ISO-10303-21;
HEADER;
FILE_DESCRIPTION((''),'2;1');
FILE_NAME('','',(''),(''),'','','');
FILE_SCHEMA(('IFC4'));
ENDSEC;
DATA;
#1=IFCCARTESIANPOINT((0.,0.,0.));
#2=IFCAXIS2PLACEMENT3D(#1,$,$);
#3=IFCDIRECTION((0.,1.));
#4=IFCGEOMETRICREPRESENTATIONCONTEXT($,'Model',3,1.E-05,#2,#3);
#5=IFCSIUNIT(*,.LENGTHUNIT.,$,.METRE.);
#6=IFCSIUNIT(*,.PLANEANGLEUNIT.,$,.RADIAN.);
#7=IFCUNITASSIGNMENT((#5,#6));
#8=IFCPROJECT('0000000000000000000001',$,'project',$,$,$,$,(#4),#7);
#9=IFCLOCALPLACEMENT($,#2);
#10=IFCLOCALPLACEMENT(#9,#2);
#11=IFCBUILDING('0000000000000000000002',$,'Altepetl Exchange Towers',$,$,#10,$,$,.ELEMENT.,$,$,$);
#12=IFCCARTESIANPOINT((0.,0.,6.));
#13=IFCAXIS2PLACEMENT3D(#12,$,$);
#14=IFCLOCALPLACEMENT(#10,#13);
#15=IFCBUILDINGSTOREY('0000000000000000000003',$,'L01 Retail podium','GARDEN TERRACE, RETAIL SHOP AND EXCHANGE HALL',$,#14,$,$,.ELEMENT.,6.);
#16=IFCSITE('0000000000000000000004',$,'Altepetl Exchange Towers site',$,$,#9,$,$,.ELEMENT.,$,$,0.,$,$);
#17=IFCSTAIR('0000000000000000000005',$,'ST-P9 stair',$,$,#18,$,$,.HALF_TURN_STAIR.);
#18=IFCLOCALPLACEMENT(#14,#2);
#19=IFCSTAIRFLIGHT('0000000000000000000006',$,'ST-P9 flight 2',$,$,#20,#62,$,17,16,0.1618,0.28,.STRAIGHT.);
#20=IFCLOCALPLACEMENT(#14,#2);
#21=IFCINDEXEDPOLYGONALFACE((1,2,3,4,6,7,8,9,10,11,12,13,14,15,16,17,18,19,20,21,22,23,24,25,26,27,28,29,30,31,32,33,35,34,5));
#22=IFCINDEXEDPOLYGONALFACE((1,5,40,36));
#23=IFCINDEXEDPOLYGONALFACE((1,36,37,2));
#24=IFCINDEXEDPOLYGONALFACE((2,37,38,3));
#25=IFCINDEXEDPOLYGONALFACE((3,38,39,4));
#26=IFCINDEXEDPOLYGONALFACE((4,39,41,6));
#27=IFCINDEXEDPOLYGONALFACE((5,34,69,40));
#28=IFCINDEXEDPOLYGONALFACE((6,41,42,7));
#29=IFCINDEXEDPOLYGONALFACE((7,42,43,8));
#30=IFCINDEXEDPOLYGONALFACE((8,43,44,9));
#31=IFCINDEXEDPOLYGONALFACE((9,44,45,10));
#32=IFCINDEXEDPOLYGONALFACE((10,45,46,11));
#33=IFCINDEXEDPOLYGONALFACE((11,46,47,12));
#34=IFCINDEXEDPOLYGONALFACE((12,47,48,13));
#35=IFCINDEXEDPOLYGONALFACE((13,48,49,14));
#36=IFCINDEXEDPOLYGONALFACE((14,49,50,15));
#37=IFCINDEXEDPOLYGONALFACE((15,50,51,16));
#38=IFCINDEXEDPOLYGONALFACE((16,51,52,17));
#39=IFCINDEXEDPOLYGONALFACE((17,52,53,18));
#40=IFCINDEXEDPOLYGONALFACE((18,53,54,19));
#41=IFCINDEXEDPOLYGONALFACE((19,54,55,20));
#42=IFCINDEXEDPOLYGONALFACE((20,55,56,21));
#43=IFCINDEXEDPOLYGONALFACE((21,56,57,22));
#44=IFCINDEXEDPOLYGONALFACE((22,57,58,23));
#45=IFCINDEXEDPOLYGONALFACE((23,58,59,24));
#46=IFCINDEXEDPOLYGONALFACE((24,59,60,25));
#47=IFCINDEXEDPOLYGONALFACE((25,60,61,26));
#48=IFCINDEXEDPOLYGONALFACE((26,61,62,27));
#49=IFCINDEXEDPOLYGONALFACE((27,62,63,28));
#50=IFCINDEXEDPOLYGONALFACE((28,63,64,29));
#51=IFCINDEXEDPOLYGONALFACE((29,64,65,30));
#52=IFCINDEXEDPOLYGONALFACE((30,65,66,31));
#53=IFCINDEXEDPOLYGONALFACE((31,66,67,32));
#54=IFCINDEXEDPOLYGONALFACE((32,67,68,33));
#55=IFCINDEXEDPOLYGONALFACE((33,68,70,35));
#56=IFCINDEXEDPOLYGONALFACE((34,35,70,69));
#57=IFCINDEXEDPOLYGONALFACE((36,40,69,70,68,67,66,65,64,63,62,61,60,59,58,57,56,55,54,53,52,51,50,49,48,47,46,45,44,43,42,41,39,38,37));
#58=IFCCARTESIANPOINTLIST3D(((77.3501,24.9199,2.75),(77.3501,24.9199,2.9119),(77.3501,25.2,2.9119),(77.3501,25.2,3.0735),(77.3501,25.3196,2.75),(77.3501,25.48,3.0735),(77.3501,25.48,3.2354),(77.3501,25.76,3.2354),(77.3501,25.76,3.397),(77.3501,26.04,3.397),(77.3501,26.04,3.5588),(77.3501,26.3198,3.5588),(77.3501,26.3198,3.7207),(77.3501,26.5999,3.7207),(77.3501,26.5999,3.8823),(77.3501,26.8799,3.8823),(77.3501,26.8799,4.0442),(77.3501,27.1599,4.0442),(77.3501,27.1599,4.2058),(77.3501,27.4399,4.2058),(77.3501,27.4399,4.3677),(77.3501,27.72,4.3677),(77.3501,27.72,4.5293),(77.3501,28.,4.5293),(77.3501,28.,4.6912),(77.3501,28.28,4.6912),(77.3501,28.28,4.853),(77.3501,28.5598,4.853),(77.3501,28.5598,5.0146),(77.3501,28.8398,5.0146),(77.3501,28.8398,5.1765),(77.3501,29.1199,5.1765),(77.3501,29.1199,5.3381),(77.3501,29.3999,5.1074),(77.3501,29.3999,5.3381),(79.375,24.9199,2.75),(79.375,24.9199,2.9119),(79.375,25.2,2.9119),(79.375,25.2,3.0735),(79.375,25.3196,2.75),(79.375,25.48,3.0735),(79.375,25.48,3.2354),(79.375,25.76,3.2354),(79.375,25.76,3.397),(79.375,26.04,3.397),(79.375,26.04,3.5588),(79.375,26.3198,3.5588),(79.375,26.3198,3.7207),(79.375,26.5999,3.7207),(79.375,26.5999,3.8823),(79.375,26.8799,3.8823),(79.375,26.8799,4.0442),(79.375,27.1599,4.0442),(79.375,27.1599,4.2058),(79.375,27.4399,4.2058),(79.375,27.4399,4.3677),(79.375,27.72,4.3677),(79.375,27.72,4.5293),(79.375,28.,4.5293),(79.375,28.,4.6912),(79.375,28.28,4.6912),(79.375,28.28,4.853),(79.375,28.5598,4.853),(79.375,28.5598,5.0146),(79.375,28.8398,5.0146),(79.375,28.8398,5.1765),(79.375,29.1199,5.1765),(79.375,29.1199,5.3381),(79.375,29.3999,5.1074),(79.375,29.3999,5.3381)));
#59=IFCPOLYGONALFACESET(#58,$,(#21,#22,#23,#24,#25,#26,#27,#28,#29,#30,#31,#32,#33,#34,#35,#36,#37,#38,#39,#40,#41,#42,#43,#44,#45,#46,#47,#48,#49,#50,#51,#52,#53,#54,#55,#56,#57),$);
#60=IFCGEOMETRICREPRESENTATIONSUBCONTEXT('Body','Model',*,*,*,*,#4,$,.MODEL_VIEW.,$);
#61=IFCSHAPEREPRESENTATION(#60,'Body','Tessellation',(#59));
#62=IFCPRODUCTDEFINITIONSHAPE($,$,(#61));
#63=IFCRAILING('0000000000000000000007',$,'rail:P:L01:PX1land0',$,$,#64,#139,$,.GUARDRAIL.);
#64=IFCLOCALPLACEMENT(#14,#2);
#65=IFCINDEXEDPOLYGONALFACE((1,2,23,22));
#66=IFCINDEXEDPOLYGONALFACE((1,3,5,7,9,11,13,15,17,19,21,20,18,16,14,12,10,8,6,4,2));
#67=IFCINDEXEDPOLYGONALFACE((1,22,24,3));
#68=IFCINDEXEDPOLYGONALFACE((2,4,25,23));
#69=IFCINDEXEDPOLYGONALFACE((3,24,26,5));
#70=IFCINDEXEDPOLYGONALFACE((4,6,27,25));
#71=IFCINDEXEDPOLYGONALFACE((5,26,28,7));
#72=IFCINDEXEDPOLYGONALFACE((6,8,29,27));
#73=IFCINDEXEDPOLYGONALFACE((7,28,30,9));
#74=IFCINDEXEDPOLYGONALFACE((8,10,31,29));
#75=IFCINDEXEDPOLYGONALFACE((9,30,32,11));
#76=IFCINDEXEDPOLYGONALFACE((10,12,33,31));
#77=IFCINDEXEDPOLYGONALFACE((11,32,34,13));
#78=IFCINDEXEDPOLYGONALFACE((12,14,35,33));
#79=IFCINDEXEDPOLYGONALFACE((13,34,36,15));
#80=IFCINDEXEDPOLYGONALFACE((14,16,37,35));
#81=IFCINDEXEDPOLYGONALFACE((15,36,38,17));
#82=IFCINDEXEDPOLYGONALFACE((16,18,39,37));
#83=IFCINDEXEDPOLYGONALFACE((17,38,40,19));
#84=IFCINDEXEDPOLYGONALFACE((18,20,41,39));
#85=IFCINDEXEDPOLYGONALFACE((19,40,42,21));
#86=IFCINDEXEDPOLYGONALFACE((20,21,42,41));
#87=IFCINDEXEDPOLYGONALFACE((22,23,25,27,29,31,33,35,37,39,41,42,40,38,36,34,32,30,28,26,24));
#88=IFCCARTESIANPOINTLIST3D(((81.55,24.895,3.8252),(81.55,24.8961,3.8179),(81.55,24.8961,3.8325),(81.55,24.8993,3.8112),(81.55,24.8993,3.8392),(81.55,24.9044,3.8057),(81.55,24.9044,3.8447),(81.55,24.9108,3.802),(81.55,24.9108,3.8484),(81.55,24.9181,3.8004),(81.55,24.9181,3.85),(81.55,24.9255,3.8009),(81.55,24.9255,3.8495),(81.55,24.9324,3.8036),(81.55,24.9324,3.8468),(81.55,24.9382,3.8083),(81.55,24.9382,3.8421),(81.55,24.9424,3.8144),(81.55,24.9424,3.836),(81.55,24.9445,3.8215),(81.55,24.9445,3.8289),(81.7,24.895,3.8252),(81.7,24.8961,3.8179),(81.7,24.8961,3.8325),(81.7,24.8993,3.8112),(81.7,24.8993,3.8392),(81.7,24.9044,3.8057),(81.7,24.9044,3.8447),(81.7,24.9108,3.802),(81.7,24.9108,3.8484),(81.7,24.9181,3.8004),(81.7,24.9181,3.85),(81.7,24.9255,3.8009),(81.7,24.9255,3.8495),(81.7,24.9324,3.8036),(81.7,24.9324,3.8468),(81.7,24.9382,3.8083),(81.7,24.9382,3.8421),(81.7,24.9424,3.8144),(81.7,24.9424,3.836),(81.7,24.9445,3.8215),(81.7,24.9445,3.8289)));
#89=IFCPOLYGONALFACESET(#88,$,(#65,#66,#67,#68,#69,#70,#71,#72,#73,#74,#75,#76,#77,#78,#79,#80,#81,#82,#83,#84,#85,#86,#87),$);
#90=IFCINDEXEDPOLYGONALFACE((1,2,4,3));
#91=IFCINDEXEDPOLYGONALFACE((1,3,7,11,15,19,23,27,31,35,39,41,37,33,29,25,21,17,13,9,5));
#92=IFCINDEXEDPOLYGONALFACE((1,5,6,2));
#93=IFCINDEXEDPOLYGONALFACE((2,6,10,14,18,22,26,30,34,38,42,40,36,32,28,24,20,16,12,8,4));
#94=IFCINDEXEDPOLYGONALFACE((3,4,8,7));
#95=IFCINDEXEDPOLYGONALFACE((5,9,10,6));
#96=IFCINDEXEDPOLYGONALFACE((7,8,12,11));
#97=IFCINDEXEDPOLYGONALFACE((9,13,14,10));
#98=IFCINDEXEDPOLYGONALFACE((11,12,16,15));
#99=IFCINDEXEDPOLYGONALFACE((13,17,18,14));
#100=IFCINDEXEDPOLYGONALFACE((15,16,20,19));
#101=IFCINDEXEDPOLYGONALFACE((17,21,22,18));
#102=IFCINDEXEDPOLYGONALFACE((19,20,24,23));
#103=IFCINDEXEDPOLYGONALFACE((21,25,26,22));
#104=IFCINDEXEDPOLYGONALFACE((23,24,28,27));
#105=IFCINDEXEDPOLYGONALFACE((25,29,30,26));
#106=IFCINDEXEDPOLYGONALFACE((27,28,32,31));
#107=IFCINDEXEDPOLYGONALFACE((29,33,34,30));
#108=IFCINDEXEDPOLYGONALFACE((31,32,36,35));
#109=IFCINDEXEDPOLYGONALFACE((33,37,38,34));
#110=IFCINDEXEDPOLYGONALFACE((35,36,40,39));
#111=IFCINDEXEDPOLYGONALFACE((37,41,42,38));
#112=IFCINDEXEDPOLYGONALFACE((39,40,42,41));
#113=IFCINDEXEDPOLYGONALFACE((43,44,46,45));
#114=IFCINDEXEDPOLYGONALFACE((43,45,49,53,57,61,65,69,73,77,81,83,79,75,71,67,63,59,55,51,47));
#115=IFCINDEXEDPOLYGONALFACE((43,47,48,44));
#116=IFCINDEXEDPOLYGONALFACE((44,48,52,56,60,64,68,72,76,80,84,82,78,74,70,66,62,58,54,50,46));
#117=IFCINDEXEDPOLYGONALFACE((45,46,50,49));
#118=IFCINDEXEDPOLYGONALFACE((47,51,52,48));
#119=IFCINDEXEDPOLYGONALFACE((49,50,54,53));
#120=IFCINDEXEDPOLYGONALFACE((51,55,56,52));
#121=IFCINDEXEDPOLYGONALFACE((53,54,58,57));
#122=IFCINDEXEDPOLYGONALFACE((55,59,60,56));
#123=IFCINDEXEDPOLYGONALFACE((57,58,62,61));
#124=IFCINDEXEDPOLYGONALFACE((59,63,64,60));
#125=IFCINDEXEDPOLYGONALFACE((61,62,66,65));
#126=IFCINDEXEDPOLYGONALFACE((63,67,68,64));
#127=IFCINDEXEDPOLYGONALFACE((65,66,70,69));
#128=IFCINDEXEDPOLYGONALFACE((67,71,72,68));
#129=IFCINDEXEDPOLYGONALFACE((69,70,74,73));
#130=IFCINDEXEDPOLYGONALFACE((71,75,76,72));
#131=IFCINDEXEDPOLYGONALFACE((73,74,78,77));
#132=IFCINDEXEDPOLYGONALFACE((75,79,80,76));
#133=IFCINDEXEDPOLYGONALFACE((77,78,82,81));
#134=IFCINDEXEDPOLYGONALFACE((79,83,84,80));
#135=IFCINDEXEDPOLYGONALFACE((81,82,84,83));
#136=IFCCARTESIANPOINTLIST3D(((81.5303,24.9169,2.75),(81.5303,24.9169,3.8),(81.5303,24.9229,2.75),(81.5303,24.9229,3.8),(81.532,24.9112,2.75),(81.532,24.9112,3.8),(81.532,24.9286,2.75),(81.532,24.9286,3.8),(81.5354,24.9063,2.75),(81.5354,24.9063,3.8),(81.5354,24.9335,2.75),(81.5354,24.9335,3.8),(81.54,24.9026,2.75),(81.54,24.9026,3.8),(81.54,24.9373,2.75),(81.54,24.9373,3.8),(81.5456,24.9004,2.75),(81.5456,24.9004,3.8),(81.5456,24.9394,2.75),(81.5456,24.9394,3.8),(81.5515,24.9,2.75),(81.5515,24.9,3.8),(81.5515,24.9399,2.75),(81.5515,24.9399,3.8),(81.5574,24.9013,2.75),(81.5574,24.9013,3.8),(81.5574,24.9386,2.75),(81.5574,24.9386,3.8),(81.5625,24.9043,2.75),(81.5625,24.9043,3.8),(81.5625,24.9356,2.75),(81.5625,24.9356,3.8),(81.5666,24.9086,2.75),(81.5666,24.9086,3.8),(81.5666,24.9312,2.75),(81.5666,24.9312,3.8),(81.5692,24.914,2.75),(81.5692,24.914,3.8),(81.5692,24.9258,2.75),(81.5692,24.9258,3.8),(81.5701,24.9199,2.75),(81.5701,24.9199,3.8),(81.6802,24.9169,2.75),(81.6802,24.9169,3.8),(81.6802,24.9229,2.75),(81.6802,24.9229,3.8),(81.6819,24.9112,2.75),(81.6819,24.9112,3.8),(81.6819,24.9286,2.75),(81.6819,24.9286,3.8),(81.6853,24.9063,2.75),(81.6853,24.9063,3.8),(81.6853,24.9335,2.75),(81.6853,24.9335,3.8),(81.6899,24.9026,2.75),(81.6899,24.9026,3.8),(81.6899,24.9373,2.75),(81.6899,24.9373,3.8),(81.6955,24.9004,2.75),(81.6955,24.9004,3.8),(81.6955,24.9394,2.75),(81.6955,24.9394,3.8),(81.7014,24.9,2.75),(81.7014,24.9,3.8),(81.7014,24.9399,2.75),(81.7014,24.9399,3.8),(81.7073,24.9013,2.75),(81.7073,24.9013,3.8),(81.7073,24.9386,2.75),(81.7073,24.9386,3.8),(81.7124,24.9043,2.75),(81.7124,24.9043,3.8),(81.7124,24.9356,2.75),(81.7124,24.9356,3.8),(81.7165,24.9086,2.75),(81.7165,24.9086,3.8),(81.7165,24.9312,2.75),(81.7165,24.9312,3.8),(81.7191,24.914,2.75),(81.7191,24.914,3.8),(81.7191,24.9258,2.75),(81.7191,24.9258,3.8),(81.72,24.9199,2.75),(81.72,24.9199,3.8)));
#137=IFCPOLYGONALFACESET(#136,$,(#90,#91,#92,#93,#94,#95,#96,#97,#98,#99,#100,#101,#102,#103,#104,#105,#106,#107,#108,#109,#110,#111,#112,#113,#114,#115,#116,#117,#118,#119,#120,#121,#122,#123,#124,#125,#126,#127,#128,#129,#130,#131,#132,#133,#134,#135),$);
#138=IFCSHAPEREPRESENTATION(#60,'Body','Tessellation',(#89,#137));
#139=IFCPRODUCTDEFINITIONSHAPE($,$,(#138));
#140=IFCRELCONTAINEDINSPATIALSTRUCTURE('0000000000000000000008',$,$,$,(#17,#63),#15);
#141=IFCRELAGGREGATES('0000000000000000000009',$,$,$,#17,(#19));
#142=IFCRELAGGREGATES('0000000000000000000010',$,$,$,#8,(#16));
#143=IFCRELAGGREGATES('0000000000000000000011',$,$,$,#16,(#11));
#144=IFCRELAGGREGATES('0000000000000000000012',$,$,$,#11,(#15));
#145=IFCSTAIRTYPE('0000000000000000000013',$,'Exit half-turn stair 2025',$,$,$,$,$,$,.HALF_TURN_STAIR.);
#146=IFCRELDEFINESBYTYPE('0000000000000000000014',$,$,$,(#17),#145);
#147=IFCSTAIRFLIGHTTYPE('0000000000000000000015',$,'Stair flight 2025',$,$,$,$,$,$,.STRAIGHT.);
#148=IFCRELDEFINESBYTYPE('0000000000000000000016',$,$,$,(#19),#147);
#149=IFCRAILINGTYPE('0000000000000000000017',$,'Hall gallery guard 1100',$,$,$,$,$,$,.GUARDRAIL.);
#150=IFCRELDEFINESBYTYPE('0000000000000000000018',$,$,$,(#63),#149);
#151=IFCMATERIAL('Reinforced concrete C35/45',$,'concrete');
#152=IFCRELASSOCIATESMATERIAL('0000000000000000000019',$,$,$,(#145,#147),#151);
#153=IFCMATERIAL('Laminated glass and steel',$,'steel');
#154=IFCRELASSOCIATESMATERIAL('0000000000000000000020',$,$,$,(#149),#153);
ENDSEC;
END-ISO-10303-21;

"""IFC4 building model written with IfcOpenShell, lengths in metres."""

from ifc_helpers import new_model, si_unit, direction, frame, origin, origin_2d, place, context, subcontext, project, spatial, polyline, circle, outline, extrude, source, transform, mapped, material, type_object, element, aggregate, save


model = new_model("IFC4")

# Units and contexts
model_context = context("Model", 3, precision=1e-05, world=origin(), true_north=direction((0.0, 1.0)))
body_context = subcontext(model_context, "Body", "Model", "MODEL_VIEW")
ifc_project = project(units=[si_unit("LENGTHUNIT", "METRE"), si_unit("PLANEANGLEUNIT", "RADIAN")], contexts=[model_context])

# Site, building, storey
site_placement = place(None, origin())
site = spatial("IfcSite", under=ifc_project, at=site_placement, Name="Altepetl Exchange Towers site", CompositionType="ELEMENT", RefElevation=0.0)
building_placement = place(site_placement, origin())
building = spatial("IfcBuilding", under=site, at=building_placement, Name="Altepetl Exchange Towers", CompositionType="ELEMENT")
storey_placement = place(building_placement, frame((0.0, 0.0, 6.0)))
storey = spatial("IfcBuildingStorey", under=building, at=storey_placement, Name="L01 Retail podium", Description="GARDEN TERRACE, RETAIL SHOP AND EXCHANGE HALL", CompositionType="ELEMENT", Elevation=6.0)

# Shared definitions
ifc_material_1 = material(Name="Reinforced concrete C35/45", Category="concrete")

# Stair, stair flight
stair_type = type_object("IfcStairType", Name="Exit half-turn stair 2025", PredefinedType="HALF_TURN_STAIR", material=ifc_material_1)
stair_placement = place(storey_placement, origin())
stair = element("IfcStair", 1, at=stair_placement, inside=storey, type_object=stair_type, Name="ST-P9 stair", PredefinedType="HALF_TURN_STAIR")
stair_flight_type = type_object("IfcStairFlightType", Name="Stair flight 2025", PredefinedType="STRAIGHT", material=ifc_material_1)
stair_flight_1_placement = place(storey_placement, frame((78.3625, 24.9199, 2.75), z_axis=(0.0, 0.0, 1.0), x_axis=(0.0, 1.0, 0.0)))
stair_flight_1 = element("IfcStairFlight", 2, at=stair_flight_1_placement, type_object=stair_flight_type, Name="ST-P9 flight 2", NumberOfRisers=17, NumberOfTreads=16, PredefinedType="STRAIGHT", RiserHeight=0.1618, TreadLength=0.28, context=body_context, shape_type="SweptSolid", body=[
    extrude(outline(polyline([(0.0, 0.0), (0.0, 0.1619), (0.28, 0.1619), (0.28, 0.3235), (0.5601, 0.3235), (0.5601, 0.4854), (0.8401, 0.4854), (0.8401, 0.647), (1.1201, 0.647), (1.1201, 0.8088), (1.3999, 0.8088), (1.3999, 0.9707), (1.6799, 0.9707), (1.6799, 1.1323), (1.96, 1.1323), (1.96, 1.2942), (2.24, 1.2942), (2.24, 1.4558), (2.52, 1.4558), (2.52, 1.6177), (2.8, 1.6177), (2.8, 1.7793), (3.0801, 1.7793), (3.0801, 1.9412), (3.3601, 1.9412), (3.3601, 2.103), (3.6399, 2.103), (3.6399, 2.2646), (3.9199, 2.2646), (3.9199, 2.4265), (4.2, 2.4265), (4.2, 2.5881), (4.48, 2.5881), (4.48, 2.75), (4.48, 2.3574), (0.3997, 0.0), (0.0, 0.0)])), frame((0.0, 1.0125, 0.0), z_axis=(0.0, -1.0, 0.0), x_axis=(1.0, 0.0, 0.0)), (0.0, 0.0, 1.0), 2.0249),
])
aggregate(stair, [stair_flight_1])

# Railing
ifc_material_2 = material(Name="Laminated glass and steel", Category="steel")
railing_type_1 = type_object("IfcRailingType", Name="Hall gallery guard 1100", PredefinedType="GUARDRAIL", material=ifc_material_2)
shared_shape_1 = source(origin(), body_context, "Body", "SweptSolid", [
    extrude(circle(Radius=0.02, at=origin_2d()), origin(), (0.0, 0.0, 1.0), 1.05),
])
railing_1_placement = place(storey_placement, frame((81.7, 24.9199, 2.75)))
element("IfcRailing", 3, at=railing_1_placement, inside=storey, type_object=railing_type_1, Name="rail:P:L01:PX1land0", PredefinedType="GUARDRAIL", context=body_context, shape_type="SweptSolid", body=[
    extrude(circle(Radius=0.0249, at=origin_2d()), frame((0.0, 0.0, 1.0752), z_axis=(-1.0, 0.0, 0.0), x_axis=(0.0, -1.0, 0.0)), (0.0, 0.0, 1.0), 0.1499),
    mapped(shared_shape_1, transform((0.0, 0.0, 0.0))),
    mapped(shared_shape_1, transform((-0.1499, 0.0, 0.0))),
])

save(model, "model.ifc")
